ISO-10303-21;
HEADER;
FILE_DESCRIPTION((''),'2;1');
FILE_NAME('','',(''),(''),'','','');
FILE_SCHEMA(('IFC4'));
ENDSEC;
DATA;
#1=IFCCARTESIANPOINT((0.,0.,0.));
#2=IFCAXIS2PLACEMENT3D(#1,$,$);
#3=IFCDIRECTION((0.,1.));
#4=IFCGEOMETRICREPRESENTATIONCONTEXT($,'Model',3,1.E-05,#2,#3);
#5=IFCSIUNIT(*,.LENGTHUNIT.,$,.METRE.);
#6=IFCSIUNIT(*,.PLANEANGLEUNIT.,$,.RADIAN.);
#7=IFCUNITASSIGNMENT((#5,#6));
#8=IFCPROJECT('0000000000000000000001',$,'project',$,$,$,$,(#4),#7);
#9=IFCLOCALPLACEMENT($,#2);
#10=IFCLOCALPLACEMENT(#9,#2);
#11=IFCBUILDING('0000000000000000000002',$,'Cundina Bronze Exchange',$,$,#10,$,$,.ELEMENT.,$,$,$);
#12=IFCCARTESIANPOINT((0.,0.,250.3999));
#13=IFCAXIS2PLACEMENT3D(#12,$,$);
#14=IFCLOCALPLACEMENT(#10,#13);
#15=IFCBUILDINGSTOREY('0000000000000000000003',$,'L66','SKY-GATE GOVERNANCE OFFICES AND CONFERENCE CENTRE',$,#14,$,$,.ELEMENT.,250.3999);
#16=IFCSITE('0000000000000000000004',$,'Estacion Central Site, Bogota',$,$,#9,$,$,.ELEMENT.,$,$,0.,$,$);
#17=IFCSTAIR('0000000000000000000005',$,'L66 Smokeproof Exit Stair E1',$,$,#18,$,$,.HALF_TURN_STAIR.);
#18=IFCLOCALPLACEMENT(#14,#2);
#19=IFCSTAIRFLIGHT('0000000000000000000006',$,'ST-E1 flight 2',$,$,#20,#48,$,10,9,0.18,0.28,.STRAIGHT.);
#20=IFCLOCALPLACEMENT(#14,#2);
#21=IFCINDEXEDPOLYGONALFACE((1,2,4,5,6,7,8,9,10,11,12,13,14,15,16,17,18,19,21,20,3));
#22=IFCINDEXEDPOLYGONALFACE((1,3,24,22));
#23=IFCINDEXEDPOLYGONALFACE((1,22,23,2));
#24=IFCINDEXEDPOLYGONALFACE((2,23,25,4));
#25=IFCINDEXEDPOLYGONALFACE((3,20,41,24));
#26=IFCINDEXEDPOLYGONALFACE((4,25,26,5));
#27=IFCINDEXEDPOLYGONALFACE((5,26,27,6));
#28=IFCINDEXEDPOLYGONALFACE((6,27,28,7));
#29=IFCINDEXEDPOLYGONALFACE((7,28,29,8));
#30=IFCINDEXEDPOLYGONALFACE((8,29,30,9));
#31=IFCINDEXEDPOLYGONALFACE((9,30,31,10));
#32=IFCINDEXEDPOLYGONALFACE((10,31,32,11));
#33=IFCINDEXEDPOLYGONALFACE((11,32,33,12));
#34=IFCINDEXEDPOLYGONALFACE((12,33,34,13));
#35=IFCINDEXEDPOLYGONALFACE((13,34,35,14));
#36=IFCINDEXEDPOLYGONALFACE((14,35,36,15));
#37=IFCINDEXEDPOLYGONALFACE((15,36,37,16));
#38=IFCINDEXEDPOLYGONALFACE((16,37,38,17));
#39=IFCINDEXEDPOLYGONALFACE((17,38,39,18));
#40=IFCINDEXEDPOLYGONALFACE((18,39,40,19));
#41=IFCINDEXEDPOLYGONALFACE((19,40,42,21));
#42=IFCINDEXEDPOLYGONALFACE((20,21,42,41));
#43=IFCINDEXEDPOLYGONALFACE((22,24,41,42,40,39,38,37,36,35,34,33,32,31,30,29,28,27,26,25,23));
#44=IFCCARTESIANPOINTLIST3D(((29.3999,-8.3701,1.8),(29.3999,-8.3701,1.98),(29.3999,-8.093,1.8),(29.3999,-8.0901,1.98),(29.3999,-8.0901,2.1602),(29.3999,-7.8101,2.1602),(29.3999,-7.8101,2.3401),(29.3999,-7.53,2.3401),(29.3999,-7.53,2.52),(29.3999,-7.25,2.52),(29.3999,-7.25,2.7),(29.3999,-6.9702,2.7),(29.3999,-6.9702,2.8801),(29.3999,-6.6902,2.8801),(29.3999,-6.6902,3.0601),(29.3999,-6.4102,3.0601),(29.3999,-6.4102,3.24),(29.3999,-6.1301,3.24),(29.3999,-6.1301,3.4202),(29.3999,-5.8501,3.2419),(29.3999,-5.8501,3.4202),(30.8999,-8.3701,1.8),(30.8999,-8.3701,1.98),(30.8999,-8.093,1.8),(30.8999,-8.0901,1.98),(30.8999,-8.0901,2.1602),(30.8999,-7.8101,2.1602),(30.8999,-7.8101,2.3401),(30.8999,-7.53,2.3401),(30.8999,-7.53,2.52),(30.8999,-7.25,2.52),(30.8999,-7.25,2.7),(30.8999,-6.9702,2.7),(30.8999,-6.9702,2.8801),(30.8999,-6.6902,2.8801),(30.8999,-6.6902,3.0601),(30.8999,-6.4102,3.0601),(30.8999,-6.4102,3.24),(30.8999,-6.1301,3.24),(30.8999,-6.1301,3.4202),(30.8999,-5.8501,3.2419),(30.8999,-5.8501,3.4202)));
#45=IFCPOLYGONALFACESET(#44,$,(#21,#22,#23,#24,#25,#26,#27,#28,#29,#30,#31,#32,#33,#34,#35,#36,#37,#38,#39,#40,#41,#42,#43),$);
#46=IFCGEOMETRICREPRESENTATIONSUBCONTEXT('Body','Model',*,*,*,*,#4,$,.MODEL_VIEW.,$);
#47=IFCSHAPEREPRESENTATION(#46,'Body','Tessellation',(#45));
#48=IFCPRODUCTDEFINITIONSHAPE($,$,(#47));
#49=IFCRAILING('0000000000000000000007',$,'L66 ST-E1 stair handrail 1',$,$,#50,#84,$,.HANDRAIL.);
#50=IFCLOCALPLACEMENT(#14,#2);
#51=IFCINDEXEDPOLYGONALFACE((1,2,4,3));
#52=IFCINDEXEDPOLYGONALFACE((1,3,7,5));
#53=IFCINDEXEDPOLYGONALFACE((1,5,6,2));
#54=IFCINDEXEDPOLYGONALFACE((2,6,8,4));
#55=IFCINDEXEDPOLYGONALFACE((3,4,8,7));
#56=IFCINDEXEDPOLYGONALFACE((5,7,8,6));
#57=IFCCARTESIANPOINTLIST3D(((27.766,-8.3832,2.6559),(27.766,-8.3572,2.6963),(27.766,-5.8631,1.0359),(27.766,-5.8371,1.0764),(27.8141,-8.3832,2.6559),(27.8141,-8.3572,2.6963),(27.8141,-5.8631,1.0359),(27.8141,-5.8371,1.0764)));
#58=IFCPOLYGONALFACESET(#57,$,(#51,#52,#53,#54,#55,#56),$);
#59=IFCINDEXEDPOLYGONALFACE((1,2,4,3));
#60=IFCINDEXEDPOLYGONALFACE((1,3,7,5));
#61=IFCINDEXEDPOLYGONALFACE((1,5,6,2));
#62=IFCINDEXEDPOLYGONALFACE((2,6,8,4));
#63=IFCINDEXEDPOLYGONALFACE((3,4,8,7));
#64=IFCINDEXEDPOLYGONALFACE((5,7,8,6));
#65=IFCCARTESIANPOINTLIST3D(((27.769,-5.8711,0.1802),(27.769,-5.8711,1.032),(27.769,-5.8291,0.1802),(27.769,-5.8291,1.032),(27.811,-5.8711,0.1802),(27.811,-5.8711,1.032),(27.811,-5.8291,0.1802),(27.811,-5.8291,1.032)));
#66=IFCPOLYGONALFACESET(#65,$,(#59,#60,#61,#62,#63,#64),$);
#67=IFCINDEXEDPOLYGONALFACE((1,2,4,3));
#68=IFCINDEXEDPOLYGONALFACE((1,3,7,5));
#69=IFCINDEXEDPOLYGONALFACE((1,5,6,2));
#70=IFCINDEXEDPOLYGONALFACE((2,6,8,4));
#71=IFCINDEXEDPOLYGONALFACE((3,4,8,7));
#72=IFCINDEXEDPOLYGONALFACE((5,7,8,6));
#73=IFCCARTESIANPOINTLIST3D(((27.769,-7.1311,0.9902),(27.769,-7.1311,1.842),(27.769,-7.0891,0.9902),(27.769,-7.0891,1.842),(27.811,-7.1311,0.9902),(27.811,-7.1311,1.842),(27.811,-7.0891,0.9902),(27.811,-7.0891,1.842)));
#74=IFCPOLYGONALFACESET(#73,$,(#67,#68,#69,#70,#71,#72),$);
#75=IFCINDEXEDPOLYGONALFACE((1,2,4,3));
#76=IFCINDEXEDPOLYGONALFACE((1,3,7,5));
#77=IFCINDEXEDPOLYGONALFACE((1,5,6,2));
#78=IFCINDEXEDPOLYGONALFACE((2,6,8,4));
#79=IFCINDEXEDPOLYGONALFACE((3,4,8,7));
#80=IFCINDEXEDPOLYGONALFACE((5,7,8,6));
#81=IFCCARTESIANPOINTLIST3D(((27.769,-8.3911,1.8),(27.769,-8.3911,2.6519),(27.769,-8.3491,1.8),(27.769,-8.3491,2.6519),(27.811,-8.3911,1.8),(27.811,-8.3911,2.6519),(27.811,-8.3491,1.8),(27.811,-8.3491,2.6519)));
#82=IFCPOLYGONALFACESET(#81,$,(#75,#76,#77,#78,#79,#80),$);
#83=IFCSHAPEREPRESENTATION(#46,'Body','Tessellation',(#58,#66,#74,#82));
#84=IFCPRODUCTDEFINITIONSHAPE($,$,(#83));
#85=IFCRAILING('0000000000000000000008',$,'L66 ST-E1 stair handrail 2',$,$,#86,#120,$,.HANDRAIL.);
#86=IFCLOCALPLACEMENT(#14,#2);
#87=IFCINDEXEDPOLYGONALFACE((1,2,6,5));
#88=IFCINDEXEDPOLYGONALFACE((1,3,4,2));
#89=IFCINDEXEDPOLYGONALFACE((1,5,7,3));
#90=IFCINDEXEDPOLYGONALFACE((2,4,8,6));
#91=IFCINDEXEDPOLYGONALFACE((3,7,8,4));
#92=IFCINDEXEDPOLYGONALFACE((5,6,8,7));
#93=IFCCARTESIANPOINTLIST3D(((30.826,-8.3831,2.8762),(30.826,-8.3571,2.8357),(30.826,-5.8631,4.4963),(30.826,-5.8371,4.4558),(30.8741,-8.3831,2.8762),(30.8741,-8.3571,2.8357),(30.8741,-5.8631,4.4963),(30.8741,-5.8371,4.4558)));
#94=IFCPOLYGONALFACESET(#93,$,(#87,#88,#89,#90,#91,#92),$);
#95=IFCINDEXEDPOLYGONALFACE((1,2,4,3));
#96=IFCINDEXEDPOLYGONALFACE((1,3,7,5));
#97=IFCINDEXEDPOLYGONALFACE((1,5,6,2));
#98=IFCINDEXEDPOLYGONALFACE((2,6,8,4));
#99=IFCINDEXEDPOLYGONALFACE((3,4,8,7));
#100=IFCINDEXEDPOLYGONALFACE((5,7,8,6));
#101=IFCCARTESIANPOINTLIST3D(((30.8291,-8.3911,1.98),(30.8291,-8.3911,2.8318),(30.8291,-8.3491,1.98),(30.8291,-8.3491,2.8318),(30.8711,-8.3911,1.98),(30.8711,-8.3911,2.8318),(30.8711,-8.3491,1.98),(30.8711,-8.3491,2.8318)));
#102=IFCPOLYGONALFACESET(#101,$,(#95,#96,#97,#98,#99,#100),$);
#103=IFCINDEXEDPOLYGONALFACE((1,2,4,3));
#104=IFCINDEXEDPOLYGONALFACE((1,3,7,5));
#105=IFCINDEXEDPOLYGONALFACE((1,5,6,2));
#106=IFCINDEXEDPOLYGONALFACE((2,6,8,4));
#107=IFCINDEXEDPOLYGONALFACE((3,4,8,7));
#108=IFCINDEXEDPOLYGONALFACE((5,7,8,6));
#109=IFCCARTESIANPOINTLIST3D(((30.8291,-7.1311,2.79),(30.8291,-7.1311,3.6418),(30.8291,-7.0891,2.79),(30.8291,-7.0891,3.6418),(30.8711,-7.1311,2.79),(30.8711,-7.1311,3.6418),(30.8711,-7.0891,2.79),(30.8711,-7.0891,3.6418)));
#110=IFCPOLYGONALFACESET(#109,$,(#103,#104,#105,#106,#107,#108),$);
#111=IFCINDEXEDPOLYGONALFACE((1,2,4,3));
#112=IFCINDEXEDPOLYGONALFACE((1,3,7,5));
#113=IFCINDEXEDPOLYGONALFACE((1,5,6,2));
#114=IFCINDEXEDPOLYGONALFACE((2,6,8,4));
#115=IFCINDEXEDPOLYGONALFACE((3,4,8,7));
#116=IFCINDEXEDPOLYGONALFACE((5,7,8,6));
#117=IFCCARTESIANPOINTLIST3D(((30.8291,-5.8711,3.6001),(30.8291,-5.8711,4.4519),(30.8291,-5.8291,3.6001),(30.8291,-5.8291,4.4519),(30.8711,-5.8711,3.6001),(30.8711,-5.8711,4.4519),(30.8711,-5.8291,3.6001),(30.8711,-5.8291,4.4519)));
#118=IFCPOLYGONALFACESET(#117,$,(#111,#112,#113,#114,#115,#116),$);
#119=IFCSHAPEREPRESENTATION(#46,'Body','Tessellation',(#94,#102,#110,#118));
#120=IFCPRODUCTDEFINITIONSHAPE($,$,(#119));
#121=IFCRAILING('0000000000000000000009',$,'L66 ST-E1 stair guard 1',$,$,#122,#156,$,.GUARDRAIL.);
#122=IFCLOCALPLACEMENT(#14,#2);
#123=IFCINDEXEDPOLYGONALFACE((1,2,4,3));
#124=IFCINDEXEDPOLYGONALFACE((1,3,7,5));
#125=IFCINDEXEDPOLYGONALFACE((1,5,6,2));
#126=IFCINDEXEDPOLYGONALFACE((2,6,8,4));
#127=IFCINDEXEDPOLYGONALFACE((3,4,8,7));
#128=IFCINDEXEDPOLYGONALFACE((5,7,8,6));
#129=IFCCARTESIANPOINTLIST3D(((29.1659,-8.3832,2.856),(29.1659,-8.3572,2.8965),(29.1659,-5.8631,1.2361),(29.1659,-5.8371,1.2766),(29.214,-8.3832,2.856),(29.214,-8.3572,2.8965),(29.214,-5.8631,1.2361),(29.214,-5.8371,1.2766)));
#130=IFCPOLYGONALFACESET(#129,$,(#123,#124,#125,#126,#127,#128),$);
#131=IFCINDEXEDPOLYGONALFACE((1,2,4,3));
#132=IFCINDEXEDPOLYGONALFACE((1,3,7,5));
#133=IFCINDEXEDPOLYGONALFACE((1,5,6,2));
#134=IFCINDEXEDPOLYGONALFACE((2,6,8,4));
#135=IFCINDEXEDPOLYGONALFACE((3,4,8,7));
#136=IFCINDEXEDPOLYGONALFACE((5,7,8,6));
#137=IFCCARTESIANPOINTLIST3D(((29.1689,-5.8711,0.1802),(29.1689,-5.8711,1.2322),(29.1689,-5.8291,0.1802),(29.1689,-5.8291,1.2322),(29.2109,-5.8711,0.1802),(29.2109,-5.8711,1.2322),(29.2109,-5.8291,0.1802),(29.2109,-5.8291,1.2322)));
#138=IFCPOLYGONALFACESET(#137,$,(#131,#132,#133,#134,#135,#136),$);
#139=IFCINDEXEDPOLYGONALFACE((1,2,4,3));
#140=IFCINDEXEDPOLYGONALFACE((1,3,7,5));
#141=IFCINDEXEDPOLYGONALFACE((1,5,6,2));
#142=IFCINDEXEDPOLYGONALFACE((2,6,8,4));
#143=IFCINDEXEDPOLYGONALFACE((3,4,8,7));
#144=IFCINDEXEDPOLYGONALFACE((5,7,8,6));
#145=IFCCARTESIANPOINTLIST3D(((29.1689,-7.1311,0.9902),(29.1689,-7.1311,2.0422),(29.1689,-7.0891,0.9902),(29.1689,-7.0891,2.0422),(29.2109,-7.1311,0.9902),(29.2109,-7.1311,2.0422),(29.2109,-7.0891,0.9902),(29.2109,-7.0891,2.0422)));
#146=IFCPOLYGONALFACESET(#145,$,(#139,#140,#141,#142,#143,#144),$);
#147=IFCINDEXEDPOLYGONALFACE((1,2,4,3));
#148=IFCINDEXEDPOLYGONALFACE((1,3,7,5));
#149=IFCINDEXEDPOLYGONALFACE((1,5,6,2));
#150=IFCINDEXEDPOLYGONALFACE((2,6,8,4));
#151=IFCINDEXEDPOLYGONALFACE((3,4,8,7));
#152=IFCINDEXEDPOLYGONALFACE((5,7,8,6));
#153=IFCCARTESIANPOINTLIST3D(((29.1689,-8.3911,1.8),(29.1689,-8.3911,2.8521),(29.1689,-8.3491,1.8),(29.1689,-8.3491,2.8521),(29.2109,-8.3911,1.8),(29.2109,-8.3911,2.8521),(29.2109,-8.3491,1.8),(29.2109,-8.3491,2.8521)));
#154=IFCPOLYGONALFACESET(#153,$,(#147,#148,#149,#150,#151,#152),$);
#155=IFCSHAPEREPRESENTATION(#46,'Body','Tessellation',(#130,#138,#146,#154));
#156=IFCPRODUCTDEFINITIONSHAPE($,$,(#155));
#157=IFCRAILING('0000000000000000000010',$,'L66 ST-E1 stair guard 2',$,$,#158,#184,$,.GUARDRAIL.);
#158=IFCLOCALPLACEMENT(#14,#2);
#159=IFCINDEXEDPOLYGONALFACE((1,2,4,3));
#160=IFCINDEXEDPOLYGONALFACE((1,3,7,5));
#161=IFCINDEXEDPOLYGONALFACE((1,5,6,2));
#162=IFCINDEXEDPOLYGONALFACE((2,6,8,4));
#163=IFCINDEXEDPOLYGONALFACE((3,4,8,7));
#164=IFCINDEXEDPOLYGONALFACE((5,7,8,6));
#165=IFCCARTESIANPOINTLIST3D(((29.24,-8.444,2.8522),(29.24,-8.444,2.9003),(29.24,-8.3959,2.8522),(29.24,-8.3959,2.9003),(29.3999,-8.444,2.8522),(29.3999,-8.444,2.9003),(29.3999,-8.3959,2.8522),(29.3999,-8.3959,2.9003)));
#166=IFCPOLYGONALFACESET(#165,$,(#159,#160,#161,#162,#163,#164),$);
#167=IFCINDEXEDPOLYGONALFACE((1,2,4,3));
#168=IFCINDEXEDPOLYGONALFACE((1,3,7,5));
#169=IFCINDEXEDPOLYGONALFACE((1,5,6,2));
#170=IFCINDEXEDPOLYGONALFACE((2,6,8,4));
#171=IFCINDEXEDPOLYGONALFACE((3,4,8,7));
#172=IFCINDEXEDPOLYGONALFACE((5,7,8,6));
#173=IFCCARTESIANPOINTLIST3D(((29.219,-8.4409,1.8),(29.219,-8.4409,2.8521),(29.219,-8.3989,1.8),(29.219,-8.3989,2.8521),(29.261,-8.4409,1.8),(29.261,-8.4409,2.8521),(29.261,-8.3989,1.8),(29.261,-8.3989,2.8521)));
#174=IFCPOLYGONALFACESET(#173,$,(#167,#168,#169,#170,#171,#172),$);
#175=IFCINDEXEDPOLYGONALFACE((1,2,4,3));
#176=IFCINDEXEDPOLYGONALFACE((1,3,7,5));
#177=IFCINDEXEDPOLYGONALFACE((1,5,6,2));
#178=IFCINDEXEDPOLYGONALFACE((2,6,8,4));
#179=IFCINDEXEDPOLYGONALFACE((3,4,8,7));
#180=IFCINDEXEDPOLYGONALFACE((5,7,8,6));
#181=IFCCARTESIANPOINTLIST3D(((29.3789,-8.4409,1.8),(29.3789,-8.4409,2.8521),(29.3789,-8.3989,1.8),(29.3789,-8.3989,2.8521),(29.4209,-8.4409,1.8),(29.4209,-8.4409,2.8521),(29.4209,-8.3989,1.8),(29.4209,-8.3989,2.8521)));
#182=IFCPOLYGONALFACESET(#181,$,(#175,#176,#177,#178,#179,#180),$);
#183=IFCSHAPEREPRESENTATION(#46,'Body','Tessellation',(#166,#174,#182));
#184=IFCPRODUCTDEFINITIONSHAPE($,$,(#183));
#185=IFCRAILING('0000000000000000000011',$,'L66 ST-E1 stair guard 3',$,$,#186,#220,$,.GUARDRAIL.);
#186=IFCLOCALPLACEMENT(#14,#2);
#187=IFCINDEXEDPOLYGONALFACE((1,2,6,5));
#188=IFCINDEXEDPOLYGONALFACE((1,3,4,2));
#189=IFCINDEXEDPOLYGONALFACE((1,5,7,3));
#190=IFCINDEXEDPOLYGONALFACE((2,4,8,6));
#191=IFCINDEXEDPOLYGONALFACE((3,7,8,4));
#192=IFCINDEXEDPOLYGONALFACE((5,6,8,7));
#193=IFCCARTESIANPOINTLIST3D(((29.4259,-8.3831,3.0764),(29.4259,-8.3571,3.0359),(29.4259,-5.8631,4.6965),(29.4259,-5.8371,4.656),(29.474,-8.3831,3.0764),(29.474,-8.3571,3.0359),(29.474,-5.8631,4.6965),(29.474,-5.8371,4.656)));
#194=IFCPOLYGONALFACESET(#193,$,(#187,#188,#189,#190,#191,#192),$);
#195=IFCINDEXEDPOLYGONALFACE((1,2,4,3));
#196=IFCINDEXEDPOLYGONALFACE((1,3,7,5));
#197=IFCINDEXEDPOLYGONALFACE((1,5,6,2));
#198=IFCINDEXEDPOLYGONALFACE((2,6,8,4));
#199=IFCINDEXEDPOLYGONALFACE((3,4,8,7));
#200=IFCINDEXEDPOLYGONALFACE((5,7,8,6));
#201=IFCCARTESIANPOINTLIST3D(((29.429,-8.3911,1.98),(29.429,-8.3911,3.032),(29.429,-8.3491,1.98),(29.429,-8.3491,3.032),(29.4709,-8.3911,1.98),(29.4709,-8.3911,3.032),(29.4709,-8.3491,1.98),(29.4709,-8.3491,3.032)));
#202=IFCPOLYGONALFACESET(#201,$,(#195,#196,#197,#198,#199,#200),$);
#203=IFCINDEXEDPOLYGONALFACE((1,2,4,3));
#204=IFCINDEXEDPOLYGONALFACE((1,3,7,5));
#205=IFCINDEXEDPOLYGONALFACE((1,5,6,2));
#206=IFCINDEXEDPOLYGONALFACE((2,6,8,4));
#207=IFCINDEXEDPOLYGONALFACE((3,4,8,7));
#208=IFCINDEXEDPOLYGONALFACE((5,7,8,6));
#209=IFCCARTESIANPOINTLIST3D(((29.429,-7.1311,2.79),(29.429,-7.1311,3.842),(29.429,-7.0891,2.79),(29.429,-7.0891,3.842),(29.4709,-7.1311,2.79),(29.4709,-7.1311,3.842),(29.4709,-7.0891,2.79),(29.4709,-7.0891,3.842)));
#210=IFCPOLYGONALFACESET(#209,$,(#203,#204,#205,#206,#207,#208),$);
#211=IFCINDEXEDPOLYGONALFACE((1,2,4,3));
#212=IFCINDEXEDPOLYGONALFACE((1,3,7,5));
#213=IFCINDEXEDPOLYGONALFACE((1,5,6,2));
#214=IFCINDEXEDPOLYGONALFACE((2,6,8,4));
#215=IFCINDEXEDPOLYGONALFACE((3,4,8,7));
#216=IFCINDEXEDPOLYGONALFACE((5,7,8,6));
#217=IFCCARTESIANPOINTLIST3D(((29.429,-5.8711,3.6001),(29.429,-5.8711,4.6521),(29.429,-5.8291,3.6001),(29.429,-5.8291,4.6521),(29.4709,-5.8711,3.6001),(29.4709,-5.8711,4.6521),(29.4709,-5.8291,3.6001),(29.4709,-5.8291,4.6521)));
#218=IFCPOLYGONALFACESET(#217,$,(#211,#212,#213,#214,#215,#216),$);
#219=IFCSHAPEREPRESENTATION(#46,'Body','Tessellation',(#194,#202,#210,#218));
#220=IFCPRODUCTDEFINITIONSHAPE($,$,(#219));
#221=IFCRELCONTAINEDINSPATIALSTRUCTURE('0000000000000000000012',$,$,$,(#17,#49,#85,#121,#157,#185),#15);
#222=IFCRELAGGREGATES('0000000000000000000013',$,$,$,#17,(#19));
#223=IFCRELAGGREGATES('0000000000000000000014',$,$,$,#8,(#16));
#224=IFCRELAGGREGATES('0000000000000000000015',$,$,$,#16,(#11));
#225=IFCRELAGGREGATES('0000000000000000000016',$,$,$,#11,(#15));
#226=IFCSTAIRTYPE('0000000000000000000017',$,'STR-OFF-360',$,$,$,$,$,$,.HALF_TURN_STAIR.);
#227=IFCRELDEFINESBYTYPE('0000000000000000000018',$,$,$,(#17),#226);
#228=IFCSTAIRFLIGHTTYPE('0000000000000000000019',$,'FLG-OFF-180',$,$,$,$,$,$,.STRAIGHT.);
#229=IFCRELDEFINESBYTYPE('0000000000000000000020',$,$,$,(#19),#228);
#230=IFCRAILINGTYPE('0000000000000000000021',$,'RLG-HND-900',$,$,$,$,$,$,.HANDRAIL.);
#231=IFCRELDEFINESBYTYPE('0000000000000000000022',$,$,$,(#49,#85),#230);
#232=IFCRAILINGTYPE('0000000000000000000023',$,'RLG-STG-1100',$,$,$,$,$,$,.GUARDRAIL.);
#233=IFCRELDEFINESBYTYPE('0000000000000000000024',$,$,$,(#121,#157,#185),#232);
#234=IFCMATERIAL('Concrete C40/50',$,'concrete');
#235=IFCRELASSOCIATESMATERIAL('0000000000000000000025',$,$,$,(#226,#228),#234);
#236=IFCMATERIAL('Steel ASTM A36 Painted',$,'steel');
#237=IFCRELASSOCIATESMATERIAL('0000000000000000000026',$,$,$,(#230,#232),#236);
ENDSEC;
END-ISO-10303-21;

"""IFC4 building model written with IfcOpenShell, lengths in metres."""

from ifc_helpers import new_model, si_unit, direction, frame, origin, origin_2d, place, context, subcontext, project, spatial, polyline, rectangle, outline, extrude, material, type_object, element, aggregate, save


model = new_model("IFC4")

# Units and contexts
model_context = context("Model", 3, precision=1e-05, world=origin(), true_north=direction((0.0, 1.0)))
body_context = subcontext(model_context, "Body", "Model", "MODEL_VIEW")
ifc_project = project(units=[si_unit("LENGTHUNIT", "METRE"), si_unit("PLANEANGLEUNIT", "RADIAN")], contexts=[model_context])

# Site, building, storey
site_placement = place(None, origin())
site = spatial("IfcSite", under=ifc_project, at=site_placement, Name="Estacion Central Site, Bogota", CompositionType="ELEMENT", RefElevation=0.0)
building_placement = place(site_placement, origin())
building = spatial("IfcBuilding", under=site, at=building_placement, Name="Cundina Bronze Exchange", CompositionType="ELEMENT")
storey_placement = place(building_placement, frame((0.0, 0.0, 250.3999)))
storey = spatial("IfcBuildingStorey", under=building, at=storey_placement, Name="L66", Description="SKY-GATE GOVERNANCE OFFICES AND CONFERENCE CENTRE", CompositionType="ELEMENT", Elevation=250.3999)

# Shared definitions
ifc_material_1 = material(Name="Steel ASTM A36 Painted", Category="steel")

# Stair, stair flight
ifc_material_2 = material(Name="Concrete C40/50", Category="concrete")
stair_type = type_object("IfcStairType", Name="STR-OFF-360", PredefinedType="HALF_TURN_STAIR", material=ifc_material_2)
stair_placement = place(storey_placement, origin())
stair = element("IfcStair", 1, at=stair_placement, inside=storey, type_object=stair_type, Name="L66 Smokeproof Exit Stair E1", PredefinedType="HALF_TURN_STAIR")
stair_flight_type = type_object("IfcStairFlightType", Name="FLG-OFF-180", PredefinedType="STRAIGHT", material=ifc_material_2)
stair_flight_1_placement = place(storey_placement, frame((30.1499, -8.3701, 1.8), z_axis=(0.0, 0.0, 1.0), x_axis=(0.0, 1.0, 0.0)))
stair_flight_1 = element("IfcStairFlight", 2, at=stair_flight_1_placement, type_object=stair_flight_type, Name="ST-E1 flight 2", NumberOfRisers=10, NumberOfTreads=9, PredefinedType="STRAIGHT", RiserHeight=0.18, TreadLength=0.28, context=body_context, shape_type="SweptSolid", body=[
    extrude(outline(polyline([(0.0, 0.0), (0.0, 0.1799), (0.28, 0.1799), (0.28, 0.3601), (0.5601, 0.3601), (0.5601, 0.54), (0.8401, 0.54), (0.8401, 0.72), (1.1201, 0.72), (1.1201, 0.8999), (1.3999, 0.8999), (1.3999, 1.0801), (1.6799, 1.0801), (1.6799, 1.26), (1.96, 1.26), (1.96, 1.4399), (2.24, 1.4399), (2.24, 1.6201), (2.52, 1.6201), (2.52, 1.8), (2.52, 1.4419), (0.2771, 0.0), (0.0, 0.0)])), frame((0.0, 0.75, 0.0), z_axis=(0.0, -1.0, 0.0), x_axis=(1.0, 0.0, 0.0)), (0.0, 0.0, 1.0), 1.5),
])
aggregate(stair, [stair_flight_1])

# Railings
railing_type_1 = type_object("IfcRailingType", Name="RLG-HND-900", PredefinedType="HANDRAIL", material=ifc_material_1)
railing_1_placement = place(storey_placement, frame((27.79, -5.8501, 0.1802)))
element("IfcRailing", 3, at=railing_1_placement, inside=storey, type_object=railing_type_1, Name="L66 ST-E1 stair handrail 1", PredefinedType="HANDRAIL", context=body_context, shape_type="SweptSolid", body=[
    extrude(rectangle(XDim=0.0481, YDim=0.0481, at=origin_2d()), frame((0.0, 0.0, 0.876), z_axis=(0.0, -0.8412, 0.540725), x_axis=(1.0, 0.0, 0.0)), (0.0, 0.0, 1.0), 2.9958),
    extrude(rectangle(XDim=0.042, YDim=0.042, at=origin_2d()), origin(), (0.0, 0.0, 1.0), 0.8518),
    extrude(rectangle(XDim=0.042, YDim=0.042, at=origin_2d()), frame((0.0, -1.26, 0.8101)), (0.0, 0.0, 1.0), 0.8518),
    extrude(rectangle(XDim=0.042, YDim=0.042, at=origin_2d()), frame((0.0, -2.52, 1.6199)), (0.0, 0.0, 1.0), 0.8518),
])
railing_2_placement = place(storey_placement, frame((30.8501, -8.3701, 1.98)))
element("IfcRailing", 4, at=railing_2_placement, inside=storey, type_object=railing_type_1, Name="L66 ST-E1 stair handrail 2", PredefinedType="HANDRAIL", context=body_context, shape_type="SweptSolid", body=[
    extrude(rectangle(XDim=0.0481, YDim=0.0481, at=origin_2d()), frame((0.0, 0.0, 0.876), z_axis=(0.0, 0.841163, 0.540782), x_axis=(-1.0, 0.0, 0.0)), (0.0, 0.0, 1.0), 2.9958),
    extrude(rectangle(XDim=0.042, YDim=0.042, at=origin_2d()), origin(), (0.0, 0.0, 1.0), 0.8518),
    extrude(rectangle(XDim=0.042, YDim=0.042, at=origin_2d()), frame((0.0, 1.26, 0.8101)), (0.0, 0.0, 1.0), 0.8518),
    extrude(rectangle(XDim=0.042, YDim=0.042, at=origin_2d()), frame((0.0, 2.52, 1.6201)), (0.0, 0.0, 1.0), 0.8518),
])
railing_type_2 = type_object("IfcRailingType", Name="RLG-STG-1100", PredefinedType="GUARDRAIL", material=ifc_material_1)
railing_3_placement = place(storey_placement, frame((29.1899, -5.8501, 0.1802)))
element("IfcRailing", 5, at=railing_3_placement, inside=storey, type_object=railing_type_2, Name="L66 ST-E1 stair guard 1", PredefinedType="GUARDRAIL", context=body_context, shape_type="SweptSolid", body=[
    extrude(rectangle(XDim=0.0481, YDim=0.0481, at=origin_2d()), frame((0.0, 0.0, 1.0762), z_axis=(0.0, -0.8412, 0.540725), x_axis=(1.0, 0.0, 0.0)), (0.0, 0.0, 1.0), 2.9958),
    extrude(rectangle(XDim=0.042, YDim=0.042, at=origin_2d()), origin(), (0.0, 0.0, 1.0), 1.052),
    extrude(rectangle(XDim=0.042, YDim=0.042, at=origin_2d()), frame((0.0, -1.26, 0.8101)), (0.0, 0.0, 1.0), 1.052),
    extrude(rectangle(XDim=0.042, YDim=0.042, at=origin_2d()), frame((0.0, -2.52, 1.6199)), (0.0, 0.0, 1.0), 1.052),
])
railing_4_placement = place(storey_placement, frame((29.24, -8.4199, 1.8)))
element("IfcRailing", 6, at=railing_4_placement, inside=storey, type_object=railing_type_2, Name="L66 ST-E1 stair guard 2", PredefinedType="GUARDRAIL", context=body_context, shape_type="SweptSolid", body=[
    extrude(rectangle(XDim=0.0481, YDim=0.0481, at=origin_2d()), frame((0.0, 0.0, 1.0762), z_axis=(1.0, 0.0, 0.0), x_axis=(0.0, 1.0, 0.0)), (0.0, 0.0, 1.0), 0.1599),
    extrude(rectangle(XDim=0.042, YDim=0.042, at=origin_2d()), origin(), (0.0, 0.0, 1.0), 1.052),
    extrude(rectangle(XDim=0.042, YDim=0.042, at=origin_2d()), frame((0.1599, 0.0, 0.0)), (0.0, 0.0, 1.0), 1.052),
])
railing_5_placement = place(storey_placement, frame((29.45, -8.3701, 1.98)))
element("IfcRailing", 7, at=railing_5_placement, inside=storey, type_object=railing_type_2, Name="L66 ST-E1 stair guard 3", PredefinedType="GUARDRAIL", context=body_context, shape_type="SweptSolid", body=[
    extrude(rectangle(XDim=0.0481, YDim=0.0481, at=origin_2d()), frame((0.0, 0.0, 1.0762), z_axis=(0.0, 0.841163, 0.540782), x_axis=(-1.0, 0.0, 0.0)), (0.0, 0.0, 1.0), 2.9958),
    extrude(rectangle(XDim=0.042, YDim=0.042, at=origin_2d()), origin(), (0.0, 0.0, 1.0), 1.052),
    extrude(rectangle(XDim=0.042, YDim=0.042, at=origin_2d()), frame((0.0, 1.26, 0.8101)), (0.0, 0.0, 1.0), 1.052),
    extrude(rectangle(XDim=0.042, YDim=0.042, at=origin_2d()), frame((0.0, 2.52, 1.6201)), (0.0, 0.0, 1.0), 1.052),
])

save(model, "model.ifc")
